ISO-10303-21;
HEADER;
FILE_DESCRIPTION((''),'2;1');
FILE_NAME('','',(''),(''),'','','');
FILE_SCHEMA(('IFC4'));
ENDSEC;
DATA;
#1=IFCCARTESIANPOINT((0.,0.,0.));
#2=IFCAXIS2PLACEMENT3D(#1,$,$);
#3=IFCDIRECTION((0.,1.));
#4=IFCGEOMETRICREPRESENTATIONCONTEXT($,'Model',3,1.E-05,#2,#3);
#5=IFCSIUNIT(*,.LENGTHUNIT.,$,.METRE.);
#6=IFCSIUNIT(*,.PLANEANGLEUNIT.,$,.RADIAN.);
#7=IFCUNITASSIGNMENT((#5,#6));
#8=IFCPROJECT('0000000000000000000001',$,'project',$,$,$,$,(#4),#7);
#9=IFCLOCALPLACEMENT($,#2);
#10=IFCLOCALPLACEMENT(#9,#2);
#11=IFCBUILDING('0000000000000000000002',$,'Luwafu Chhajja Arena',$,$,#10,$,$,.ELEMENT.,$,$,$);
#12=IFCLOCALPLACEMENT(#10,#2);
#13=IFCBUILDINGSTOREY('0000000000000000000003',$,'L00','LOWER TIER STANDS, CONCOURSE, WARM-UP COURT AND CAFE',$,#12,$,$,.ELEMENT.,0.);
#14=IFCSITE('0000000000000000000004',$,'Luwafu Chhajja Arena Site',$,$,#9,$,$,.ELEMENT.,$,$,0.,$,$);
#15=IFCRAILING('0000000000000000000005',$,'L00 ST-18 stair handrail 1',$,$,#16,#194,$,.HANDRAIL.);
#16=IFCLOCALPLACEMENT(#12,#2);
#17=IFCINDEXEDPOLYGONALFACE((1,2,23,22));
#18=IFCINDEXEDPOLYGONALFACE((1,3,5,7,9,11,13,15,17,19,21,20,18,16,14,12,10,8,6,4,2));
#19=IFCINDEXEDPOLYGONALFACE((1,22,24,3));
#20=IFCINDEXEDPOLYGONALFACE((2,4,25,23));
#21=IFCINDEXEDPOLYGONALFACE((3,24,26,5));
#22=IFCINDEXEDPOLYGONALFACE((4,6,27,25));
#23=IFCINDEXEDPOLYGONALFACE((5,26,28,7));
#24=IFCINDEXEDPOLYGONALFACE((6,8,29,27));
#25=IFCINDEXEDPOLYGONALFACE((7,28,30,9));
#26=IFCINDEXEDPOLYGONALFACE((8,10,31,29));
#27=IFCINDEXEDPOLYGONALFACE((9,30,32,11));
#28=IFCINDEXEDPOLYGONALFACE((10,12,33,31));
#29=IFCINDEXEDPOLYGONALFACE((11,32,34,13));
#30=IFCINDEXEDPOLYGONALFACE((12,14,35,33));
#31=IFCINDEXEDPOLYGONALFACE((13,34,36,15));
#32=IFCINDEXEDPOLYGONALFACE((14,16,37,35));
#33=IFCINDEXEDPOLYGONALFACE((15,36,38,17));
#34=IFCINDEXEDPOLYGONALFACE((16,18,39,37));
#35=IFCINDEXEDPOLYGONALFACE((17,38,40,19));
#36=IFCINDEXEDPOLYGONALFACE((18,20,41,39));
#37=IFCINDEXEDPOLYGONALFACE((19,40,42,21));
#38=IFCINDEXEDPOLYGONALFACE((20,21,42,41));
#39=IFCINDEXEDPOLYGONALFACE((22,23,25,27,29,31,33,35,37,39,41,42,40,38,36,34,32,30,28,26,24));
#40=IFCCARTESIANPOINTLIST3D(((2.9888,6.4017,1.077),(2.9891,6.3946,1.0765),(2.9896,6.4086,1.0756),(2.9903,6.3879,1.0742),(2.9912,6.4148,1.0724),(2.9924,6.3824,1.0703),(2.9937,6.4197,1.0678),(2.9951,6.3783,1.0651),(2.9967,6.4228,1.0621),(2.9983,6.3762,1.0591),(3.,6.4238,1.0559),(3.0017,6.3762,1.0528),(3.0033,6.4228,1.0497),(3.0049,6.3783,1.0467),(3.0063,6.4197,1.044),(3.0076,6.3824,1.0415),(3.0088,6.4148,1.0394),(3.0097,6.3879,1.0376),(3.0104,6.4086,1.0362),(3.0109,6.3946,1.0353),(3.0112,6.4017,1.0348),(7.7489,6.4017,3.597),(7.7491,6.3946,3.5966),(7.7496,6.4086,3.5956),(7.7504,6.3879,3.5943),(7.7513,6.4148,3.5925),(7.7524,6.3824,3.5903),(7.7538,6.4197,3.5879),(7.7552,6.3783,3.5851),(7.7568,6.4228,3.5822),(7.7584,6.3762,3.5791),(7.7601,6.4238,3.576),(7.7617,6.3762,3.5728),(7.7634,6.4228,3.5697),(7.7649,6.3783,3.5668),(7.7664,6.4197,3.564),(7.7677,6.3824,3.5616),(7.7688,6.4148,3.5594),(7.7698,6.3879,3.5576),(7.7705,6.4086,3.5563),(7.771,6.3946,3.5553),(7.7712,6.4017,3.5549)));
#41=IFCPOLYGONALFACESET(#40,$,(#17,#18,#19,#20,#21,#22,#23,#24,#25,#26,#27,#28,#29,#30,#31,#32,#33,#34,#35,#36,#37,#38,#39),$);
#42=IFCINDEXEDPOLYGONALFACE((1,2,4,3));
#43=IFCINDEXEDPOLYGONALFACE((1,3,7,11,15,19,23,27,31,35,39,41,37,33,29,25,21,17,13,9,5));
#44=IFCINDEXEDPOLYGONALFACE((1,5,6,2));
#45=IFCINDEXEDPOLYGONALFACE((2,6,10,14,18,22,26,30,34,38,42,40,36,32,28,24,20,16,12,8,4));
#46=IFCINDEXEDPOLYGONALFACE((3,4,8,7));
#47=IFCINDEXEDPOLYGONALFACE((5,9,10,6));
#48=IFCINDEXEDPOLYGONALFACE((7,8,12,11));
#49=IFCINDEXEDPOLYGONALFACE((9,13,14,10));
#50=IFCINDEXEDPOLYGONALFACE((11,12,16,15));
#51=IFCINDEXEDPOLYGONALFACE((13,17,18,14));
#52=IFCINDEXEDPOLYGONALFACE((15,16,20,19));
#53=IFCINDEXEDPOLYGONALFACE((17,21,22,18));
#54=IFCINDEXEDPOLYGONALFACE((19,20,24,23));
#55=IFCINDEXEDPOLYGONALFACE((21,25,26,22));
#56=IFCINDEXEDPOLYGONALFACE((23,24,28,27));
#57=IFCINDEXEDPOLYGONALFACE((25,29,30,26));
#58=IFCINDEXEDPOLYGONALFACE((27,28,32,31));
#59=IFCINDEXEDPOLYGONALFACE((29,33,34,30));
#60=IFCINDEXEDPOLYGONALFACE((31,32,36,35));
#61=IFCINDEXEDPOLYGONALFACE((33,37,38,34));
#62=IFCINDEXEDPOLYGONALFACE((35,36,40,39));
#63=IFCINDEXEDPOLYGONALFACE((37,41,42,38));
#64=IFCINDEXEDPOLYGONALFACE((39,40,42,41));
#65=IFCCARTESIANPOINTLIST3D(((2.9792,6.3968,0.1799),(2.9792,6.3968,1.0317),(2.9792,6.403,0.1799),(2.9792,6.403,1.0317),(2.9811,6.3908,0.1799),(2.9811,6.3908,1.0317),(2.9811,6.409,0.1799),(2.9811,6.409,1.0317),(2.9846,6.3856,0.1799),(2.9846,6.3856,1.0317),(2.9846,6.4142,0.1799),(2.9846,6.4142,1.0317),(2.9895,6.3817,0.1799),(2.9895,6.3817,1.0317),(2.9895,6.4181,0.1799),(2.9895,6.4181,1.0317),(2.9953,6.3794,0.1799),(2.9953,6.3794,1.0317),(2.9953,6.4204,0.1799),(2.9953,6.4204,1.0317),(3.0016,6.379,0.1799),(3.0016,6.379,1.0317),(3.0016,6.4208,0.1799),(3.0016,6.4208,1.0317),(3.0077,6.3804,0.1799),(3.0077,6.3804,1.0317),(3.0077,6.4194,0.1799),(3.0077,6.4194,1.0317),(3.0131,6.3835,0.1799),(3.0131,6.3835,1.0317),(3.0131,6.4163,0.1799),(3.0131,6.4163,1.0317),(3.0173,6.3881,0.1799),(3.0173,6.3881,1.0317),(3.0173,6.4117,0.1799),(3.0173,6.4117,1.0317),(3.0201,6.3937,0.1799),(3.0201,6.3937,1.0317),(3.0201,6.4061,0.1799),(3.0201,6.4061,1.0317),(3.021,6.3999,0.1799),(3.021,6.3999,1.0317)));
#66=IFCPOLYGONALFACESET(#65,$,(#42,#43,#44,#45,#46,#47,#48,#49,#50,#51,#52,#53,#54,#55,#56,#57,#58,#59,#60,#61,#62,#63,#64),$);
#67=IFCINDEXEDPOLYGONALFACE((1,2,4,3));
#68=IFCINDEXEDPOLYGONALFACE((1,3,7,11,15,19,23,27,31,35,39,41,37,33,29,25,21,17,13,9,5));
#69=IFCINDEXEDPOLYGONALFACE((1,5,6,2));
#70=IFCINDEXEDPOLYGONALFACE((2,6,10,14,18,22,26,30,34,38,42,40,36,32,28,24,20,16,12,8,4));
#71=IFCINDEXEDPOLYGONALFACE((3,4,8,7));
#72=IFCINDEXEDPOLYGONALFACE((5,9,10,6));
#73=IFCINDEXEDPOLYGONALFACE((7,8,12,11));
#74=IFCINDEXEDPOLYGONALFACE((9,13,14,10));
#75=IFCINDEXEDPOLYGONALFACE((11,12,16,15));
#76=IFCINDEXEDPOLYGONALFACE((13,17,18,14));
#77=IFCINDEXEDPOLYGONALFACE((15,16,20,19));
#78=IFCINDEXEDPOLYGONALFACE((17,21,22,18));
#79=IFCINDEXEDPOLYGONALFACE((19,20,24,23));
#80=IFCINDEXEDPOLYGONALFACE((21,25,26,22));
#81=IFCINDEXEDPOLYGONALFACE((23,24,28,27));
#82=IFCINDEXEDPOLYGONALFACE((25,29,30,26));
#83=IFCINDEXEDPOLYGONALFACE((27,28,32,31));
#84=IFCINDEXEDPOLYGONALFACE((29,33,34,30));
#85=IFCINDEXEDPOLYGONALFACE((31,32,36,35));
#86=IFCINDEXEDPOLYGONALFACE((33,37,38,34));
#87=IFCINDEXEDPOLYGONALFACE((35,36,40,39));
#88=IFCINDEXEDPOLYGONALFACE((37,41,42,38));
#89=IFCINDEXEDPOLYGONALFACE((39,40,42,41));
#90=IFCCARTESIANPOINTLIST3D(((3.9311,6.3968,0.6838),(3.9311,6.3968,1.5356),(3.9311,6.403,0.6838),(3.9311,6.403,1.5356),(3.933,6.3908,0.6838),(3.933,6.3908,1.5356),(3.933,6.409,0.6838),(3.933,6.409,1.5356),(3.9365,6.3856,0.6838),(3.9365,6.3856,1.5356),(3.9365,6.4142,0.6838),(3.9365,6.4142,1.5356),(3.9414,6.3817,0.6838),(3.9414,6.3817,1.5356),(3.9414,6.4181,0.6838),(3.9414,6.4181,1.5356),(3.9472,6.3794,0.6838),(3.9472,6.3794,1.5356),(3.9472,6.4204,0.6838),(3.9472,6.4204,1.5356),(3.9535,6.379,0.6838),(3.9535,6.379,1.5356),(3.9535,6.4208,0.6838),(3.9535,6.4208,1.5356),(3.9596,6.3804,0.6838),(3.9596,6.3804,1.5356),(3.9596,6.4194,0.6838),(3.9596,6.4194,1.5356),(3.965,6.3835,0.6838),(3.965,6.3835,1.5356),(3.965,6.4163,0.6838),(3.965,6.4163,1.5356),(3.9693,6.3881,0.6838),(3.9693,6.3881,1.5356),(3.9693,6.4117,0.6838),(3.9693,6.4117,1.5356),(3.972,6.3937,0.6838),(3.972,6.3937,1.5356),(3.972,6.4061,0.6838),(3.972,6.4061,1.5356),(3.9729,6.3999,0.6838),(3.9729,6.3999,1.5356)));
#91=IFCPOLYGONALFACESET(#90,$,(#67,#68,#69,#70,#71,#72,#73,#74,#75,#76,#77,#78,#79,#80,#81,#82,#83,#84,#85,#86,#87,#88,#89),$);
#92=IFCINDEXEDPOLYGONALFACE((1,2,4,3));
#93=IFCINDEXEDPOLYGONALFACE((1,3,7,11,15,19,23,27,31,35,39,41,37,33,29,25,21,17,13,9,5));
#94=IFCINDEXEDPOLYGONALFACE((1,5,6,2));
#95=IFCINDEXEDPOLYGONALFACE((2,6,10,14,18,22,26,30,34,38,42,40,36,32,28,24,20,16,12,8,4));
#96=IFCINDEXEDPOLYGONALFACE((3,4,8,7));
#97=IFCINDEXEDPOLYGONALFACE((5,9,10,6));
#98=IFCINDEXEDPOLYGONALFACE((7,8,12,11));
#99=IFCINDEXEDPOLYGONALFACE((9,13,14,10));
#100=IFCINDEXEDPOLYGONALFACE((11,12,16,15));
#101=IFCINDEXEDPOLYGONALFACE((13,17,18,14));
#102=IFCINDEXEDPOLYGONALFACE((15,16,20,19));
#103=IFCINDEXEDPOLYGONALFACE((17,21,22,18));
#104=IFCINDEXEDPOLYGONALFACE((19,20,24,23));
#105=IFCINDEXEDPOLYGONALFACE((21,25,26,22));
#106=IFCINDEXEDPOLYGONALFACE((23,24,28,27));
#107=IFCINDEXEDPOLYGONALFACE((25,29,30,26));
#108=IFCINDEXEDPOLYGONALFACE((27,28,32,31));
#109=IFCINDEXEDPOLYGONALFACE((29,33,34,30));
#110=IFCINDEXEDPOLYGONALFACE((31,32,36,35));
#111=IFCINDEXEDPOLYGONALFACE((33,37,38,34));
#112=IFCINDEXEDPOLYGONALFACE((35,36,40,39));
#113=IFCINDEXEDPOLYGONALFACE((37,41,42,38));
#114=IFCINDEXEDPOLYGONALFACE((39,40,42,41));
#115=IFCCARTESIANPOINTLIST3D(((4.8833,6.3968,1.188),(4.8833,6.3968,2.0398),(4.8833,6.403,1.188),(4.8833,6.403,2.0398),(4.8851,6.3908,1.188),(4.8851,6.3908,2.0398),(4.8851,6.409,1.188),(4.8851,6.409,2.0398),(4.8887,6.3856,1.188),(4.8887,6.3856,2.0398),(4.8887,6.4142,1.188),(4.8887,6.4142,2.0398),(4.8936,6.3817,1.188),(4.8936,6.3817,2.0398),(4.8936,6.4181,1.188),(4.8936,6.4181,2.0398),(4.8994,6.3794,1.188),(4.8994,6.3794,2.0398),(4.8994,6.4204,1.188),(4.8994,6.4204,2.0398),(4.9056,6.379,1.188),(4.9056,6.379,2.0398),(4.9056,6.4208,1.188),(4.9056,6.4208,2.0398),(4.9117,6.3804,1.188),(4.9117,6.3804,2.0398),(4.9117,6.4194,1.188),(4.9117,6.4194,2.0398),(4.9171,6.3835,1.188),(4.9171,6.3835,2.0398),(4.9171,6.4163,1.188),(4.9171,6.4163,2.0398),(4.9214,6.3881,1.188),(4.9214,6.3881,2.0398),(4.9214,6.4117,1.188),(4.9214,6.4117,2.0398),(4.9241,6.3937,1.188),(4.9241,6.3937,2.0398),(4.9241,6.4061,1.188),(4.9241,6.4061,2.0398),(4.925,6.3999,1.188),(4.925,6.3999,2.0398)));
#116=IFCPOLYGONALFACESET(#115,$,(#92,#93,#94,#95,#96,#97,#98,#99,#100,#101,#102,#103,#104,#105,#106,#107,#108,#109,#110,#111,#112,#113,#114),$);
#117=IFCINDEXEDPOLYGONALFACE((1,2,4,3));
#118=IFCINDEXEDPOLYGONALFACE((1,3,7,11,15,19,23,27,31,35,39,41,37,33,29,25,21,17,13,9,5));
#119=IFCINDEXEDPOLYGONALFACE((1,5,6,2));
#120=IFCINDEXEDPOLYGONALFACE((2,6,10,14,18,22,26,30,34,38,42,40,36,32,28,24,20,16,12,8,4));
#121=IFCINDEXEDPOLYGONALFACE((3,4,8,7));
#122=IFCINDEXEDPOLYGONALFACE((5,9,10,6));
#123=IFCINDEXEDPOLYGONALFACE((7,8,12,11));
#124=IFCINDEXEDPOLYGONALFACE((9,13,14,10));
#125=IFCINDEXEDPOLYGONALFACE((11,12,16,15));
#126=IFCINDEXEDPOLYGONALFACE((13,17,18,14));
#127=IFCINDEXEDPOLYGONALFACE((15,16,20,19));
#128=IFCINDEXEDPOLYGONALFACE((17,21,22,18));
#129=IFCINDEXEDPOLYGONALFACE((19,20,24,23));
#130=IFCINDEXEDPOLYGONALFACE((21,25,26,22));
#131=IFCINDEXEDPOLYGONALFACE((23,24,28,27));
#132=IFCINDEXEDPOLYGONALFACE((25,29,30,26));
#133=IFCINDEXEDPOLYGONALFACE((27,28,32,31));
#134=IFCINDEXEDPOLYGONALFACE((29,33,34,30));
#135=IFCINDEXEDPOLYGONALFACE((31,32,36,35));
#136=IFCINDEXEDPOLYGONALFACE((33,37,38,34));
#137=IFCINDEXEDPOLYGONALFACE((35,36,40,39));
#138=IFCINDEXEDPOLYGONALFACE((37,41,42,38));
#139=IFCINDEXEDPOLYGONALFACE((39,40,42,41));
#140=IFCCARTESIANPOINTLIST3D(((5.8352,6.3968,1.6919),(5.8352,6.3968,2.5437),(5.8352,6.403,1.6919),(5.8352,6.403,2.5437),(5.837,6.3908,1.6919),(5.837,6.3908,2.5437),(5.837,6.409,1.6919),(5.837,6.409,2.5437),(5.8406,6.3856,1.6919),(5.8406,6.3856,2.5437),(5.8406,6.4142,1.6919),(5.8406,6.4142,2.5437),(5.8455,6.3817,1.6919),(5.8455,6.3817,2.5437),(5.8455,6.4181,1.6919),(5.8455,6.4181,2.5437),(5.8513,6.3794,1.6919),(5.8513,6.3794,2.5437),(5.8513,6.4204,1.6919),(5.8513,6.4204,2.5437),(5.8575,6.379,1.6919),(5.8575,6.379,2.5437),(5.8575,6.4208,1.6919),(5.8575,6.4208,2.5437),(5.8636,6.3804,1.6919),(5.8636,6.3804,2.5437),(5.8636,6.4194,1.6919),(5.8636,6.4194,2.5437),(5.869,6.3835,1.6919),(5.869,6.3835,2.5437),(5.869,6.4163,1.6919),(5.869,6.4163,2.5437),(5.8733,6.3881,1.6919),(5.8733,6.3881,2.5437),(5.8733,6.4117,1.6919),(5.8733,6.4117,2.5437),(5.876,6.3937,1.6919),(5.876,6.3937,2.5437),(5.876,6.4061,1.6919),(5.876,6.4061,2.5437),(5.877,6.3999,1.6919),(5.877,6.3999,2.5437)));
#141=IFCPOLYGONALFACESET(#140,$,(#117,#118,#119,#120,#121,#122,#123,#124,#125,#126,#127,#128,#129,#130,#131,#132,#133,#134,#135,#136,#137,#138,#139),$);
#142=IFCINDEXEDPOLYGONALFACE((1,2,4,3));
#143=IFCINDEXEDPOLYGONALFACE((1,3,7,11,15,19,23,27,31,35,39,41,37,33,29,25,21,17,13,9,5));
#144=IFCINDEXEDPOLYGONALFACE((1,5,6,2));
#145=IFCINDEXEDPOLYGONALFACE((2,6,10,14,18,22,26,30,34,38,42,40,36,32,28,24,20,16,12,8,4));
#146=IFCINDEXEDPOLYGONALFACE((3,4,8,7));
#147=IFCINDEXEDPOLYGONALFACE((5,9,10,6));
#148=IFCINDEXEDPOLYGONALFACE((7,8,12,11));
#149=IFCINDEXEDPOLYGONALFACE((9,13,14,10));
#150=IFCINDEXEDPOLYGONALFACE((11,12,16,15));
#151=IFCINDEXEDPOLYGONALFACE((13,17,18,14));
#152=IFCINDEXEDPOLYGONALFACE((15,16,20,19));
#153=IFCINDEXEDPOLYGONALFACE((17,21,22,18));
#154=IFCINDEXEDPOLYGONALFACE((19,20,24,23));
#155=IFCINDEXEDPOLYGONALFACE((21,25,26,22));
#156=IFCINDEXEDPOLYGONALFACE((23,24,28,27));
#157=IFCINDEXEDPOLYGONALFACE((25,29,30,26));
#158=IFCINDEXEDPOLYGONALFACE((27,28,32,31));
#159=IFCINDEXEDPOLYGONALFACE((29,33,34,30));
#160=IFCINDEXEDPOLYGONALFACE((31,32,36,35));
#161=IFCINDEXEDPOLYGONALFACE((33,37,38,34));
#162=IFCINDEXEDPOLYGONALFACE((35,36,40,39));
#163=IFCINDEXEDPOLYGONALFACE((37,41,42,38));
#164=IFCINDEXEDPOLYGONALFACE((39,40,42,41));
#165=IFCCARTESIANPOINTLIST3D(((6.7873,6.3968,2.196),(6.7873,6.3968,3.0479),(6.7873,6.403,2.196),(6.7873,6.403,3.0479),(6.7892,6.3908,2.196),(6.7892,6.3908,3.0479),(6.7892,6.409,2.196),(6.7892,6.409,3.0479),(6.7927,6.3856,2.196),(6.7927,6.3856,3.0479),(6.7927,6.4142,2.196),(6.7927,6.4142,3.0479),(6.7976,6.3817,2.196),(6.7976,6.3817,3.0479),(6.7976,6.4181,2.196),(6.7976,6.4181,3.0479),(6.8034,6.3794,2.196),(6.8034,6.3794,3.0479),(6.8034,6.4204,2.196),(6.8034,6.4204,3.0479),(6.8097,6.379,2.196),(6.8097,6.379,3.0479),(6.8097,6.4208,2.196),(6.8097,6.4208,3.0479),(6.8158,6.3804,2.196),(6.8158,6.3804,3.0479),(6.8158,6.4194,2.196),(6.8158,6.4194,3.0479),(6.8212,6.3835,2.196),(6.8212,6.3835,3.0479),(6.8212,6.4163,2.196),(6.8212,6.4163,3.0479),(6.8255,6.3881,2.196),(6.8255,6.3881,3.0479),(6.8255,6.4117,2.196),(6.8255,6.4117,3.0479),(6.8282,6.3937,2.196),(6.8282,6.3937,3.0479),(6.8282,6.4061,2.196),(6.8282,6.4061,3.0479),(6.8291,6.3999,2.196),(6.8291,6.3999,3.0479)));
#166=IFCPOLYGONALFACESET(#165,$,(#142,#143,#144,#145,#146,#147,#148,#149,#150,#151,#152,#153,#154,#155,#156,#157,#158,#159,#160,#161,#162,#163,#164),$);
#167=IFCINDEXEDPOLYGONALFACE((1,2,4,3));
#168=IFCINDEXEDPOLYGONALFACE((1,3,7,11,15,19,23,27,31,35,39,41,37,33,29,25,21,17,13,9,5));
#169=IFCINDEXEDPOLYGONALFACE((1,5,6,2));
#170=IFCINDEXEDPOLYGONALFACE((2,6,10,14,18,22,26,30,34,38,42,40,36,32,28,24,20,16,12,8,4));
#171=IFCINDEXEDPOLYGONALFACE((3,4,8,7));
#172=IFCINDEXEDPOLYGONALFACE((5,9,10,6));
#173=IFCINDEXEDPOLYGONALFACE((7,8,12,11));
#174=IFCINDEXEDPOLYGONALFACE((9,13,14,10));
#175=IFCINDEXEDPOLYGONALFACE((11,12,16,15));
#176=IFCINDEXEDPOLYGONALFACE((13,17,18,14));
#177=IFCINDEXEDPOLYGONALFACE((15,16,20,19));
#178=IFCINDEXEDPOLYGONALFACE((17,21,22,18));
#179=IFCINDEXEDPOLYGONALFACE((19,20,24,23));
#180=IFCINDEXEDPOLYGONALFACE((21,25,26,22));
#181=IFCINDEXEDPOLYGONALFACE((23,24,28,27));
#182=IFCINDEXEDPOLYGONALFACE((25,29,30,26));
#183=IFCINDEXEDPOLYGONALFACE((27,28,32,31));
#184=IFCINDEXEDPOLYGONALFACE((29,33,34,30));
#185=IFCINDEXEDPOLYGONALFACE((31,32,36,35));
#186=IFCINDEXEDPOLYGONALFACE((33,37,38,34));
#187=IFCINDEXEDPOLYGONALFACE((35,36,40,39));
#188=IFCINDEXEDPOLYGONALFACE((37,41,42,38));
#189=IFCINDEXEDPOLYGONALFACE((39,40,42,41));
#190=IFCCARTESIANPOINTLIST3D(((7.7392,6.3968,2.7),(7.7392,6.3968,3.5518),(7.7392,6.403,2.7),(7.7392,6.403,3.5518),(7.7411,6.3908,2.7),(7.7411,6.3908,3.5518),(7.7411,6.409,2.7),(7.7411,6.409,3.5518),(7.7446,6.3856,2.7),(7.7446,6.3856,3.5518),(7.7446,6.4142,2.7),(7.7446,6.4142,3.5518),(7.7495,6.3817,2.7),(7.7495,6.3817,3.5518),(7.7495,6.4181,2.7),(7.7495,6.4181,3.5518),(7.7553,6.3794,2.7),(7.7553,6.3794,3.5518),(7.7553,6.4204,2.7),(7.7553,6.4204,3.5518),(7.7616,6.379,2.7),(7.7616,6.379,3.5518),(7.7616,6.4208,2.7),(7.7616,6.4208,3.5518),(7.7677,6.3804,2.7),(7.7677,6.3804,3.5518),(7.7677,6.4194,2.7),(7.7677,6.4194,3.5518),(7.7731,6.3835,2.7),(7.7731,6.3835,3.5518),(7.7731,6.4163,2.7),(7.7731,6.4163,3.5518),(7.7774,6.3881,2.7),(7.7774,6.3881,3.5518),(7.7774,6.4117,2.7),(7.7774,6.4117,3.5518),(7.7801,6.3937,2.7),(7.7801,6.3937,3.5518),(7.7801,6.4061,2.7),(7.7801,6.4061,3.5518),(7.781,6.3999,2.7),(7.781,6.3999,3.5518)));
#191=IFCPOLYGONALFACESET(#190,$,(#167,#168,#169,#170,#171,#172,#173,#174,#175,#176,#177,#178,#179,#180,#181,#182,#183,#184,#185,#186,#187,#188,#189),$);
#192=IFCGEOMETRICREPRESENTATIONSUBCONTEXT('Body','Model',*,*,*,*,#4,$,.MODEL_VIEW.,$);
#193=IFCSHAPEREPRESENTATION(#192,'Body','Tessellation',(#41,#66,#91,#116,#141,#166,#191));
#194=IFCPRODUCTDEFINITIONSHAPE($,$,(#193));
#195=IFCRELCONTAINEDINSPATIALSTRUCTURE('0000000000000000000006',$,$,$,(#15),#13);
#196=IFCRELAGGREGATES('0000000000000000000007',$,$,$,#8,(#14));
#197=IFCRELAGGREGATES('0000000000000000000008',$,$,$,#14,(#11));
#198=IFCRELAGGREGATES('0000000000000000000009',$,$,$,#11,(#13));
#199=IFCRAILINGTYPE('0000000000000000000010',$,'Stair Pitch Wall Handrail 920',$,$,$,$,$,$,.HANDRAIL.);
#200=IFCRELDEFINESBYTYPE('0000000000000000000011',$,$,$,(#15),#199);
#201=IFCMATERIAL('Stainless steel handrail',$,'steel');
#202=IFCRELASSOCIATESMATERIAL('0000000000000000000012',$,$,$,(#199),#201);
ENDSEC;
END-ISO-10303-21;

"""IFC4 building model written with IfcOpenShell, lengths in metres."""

from ifc_helpers import new_model, si_unit, direction, frame, origin, origin_2d, place, context, subcontext, project, spatial, circle, extrude, material, type_object, element, save


model = new_model("IFC4")

# Units and contexts
model_context = context("Model", 3, precision=1e-05, world=origin(), true_north=direction((0.0, 1.0)))
body_context = subcontext(model_context, "Body", "Model", "MODEL_VIEW")
ifc_project = project(units=[si_unit("LENGTHUNIT", "METRE"), si_unit("PLANEANGLEUNIT", "RADIAN")], contexts=[model_context])

# Site, building, storey
site_placement = place(None, origin())
site = spatial("IfcSite", under=ifc_project, at=site_placement, Name="Luwafu Chhajja Arena Site", CompositionType="ELEMENT", RefElevation=0.0)
building_placement = place(site_placement, origin())
building = spatial("IfcBuilding", under=site, at=building_placement, Name="Luwafu Chhajja Arena", CompositionType="ELEMENT")
storey_placement = place(building_placement, origin())
storey = spatial("IfcBuildingStorey", under=building, at=storey_placement, Name="L00", Description="LOWER TIER STANDS, CONCOURSE, WARM-UP COURT AND CAFE", CompositionType="ELEMENT", Elevation=0.0)

# Railing
ifc_material_1 = material(Name="Stainless steel handrail", Category="steel")
railing_type_1 = type_object("IfcRailingType", Name="Stair Pitch Wall Handrail 920", PredefinedType="HANDRAIL", material=ifc_material_1)
railing_1_placement = place(storey_placement, frame((3.0, 6.3999, 0.1799)))
element("IfcRailing", 1, at=railing_1_placement, inside=storey, type_object=railing_type_1, Name="L00 ST-18 stair handrail 1", PredefinedType="HANDRAIL", context=body_context, shape_type="SweptSolid", body=[
    extrude(circle(Radius=0.0239, at=origin_2d()), frame((0.0, 0.0, 0.876), z_axis=(0.883787, 0.0, 0.46789), x_axis=(0.0, 1.0, 0.0)), (0.0, 0.0, 1.0), 5.386),
    extrude(circle(Radius=0.021, at=origin_2d()), origin(), (0.0, 0.0, 1.0), 0.8518),
    extrude(circle(Radius=0.021, at=origin_2d()), frame((0.9519, 0.0, 0.5039)), (0.0, 0.0, 1.0), 0.8518),
    extrude(circle(Radius=0.021, at=origin_2d()), frame((1.9041, 0.0, 1.0081)), (0.0, 0.0, 1.0), 0.8518),
    extrude(circle(Radius=0.021, at=origin_2d()), frame((2.856, 0.0, 1.512)), (0.0, 0.0, 1.0), 0.8518),
    extrude(circle(Radius=0.021, at=origin_2d()), frame((3.8081, 0.0, 2.0161)), (0.0, 0.0, 1.0), 0.8518),
    extrude(circle(Radius=0.021, at=origin_2d()), frame((4.76, 0.0, 2.52)), (0.0, 0.0, 1.0), 0.8518),
])

save(model, "model.ifc")
